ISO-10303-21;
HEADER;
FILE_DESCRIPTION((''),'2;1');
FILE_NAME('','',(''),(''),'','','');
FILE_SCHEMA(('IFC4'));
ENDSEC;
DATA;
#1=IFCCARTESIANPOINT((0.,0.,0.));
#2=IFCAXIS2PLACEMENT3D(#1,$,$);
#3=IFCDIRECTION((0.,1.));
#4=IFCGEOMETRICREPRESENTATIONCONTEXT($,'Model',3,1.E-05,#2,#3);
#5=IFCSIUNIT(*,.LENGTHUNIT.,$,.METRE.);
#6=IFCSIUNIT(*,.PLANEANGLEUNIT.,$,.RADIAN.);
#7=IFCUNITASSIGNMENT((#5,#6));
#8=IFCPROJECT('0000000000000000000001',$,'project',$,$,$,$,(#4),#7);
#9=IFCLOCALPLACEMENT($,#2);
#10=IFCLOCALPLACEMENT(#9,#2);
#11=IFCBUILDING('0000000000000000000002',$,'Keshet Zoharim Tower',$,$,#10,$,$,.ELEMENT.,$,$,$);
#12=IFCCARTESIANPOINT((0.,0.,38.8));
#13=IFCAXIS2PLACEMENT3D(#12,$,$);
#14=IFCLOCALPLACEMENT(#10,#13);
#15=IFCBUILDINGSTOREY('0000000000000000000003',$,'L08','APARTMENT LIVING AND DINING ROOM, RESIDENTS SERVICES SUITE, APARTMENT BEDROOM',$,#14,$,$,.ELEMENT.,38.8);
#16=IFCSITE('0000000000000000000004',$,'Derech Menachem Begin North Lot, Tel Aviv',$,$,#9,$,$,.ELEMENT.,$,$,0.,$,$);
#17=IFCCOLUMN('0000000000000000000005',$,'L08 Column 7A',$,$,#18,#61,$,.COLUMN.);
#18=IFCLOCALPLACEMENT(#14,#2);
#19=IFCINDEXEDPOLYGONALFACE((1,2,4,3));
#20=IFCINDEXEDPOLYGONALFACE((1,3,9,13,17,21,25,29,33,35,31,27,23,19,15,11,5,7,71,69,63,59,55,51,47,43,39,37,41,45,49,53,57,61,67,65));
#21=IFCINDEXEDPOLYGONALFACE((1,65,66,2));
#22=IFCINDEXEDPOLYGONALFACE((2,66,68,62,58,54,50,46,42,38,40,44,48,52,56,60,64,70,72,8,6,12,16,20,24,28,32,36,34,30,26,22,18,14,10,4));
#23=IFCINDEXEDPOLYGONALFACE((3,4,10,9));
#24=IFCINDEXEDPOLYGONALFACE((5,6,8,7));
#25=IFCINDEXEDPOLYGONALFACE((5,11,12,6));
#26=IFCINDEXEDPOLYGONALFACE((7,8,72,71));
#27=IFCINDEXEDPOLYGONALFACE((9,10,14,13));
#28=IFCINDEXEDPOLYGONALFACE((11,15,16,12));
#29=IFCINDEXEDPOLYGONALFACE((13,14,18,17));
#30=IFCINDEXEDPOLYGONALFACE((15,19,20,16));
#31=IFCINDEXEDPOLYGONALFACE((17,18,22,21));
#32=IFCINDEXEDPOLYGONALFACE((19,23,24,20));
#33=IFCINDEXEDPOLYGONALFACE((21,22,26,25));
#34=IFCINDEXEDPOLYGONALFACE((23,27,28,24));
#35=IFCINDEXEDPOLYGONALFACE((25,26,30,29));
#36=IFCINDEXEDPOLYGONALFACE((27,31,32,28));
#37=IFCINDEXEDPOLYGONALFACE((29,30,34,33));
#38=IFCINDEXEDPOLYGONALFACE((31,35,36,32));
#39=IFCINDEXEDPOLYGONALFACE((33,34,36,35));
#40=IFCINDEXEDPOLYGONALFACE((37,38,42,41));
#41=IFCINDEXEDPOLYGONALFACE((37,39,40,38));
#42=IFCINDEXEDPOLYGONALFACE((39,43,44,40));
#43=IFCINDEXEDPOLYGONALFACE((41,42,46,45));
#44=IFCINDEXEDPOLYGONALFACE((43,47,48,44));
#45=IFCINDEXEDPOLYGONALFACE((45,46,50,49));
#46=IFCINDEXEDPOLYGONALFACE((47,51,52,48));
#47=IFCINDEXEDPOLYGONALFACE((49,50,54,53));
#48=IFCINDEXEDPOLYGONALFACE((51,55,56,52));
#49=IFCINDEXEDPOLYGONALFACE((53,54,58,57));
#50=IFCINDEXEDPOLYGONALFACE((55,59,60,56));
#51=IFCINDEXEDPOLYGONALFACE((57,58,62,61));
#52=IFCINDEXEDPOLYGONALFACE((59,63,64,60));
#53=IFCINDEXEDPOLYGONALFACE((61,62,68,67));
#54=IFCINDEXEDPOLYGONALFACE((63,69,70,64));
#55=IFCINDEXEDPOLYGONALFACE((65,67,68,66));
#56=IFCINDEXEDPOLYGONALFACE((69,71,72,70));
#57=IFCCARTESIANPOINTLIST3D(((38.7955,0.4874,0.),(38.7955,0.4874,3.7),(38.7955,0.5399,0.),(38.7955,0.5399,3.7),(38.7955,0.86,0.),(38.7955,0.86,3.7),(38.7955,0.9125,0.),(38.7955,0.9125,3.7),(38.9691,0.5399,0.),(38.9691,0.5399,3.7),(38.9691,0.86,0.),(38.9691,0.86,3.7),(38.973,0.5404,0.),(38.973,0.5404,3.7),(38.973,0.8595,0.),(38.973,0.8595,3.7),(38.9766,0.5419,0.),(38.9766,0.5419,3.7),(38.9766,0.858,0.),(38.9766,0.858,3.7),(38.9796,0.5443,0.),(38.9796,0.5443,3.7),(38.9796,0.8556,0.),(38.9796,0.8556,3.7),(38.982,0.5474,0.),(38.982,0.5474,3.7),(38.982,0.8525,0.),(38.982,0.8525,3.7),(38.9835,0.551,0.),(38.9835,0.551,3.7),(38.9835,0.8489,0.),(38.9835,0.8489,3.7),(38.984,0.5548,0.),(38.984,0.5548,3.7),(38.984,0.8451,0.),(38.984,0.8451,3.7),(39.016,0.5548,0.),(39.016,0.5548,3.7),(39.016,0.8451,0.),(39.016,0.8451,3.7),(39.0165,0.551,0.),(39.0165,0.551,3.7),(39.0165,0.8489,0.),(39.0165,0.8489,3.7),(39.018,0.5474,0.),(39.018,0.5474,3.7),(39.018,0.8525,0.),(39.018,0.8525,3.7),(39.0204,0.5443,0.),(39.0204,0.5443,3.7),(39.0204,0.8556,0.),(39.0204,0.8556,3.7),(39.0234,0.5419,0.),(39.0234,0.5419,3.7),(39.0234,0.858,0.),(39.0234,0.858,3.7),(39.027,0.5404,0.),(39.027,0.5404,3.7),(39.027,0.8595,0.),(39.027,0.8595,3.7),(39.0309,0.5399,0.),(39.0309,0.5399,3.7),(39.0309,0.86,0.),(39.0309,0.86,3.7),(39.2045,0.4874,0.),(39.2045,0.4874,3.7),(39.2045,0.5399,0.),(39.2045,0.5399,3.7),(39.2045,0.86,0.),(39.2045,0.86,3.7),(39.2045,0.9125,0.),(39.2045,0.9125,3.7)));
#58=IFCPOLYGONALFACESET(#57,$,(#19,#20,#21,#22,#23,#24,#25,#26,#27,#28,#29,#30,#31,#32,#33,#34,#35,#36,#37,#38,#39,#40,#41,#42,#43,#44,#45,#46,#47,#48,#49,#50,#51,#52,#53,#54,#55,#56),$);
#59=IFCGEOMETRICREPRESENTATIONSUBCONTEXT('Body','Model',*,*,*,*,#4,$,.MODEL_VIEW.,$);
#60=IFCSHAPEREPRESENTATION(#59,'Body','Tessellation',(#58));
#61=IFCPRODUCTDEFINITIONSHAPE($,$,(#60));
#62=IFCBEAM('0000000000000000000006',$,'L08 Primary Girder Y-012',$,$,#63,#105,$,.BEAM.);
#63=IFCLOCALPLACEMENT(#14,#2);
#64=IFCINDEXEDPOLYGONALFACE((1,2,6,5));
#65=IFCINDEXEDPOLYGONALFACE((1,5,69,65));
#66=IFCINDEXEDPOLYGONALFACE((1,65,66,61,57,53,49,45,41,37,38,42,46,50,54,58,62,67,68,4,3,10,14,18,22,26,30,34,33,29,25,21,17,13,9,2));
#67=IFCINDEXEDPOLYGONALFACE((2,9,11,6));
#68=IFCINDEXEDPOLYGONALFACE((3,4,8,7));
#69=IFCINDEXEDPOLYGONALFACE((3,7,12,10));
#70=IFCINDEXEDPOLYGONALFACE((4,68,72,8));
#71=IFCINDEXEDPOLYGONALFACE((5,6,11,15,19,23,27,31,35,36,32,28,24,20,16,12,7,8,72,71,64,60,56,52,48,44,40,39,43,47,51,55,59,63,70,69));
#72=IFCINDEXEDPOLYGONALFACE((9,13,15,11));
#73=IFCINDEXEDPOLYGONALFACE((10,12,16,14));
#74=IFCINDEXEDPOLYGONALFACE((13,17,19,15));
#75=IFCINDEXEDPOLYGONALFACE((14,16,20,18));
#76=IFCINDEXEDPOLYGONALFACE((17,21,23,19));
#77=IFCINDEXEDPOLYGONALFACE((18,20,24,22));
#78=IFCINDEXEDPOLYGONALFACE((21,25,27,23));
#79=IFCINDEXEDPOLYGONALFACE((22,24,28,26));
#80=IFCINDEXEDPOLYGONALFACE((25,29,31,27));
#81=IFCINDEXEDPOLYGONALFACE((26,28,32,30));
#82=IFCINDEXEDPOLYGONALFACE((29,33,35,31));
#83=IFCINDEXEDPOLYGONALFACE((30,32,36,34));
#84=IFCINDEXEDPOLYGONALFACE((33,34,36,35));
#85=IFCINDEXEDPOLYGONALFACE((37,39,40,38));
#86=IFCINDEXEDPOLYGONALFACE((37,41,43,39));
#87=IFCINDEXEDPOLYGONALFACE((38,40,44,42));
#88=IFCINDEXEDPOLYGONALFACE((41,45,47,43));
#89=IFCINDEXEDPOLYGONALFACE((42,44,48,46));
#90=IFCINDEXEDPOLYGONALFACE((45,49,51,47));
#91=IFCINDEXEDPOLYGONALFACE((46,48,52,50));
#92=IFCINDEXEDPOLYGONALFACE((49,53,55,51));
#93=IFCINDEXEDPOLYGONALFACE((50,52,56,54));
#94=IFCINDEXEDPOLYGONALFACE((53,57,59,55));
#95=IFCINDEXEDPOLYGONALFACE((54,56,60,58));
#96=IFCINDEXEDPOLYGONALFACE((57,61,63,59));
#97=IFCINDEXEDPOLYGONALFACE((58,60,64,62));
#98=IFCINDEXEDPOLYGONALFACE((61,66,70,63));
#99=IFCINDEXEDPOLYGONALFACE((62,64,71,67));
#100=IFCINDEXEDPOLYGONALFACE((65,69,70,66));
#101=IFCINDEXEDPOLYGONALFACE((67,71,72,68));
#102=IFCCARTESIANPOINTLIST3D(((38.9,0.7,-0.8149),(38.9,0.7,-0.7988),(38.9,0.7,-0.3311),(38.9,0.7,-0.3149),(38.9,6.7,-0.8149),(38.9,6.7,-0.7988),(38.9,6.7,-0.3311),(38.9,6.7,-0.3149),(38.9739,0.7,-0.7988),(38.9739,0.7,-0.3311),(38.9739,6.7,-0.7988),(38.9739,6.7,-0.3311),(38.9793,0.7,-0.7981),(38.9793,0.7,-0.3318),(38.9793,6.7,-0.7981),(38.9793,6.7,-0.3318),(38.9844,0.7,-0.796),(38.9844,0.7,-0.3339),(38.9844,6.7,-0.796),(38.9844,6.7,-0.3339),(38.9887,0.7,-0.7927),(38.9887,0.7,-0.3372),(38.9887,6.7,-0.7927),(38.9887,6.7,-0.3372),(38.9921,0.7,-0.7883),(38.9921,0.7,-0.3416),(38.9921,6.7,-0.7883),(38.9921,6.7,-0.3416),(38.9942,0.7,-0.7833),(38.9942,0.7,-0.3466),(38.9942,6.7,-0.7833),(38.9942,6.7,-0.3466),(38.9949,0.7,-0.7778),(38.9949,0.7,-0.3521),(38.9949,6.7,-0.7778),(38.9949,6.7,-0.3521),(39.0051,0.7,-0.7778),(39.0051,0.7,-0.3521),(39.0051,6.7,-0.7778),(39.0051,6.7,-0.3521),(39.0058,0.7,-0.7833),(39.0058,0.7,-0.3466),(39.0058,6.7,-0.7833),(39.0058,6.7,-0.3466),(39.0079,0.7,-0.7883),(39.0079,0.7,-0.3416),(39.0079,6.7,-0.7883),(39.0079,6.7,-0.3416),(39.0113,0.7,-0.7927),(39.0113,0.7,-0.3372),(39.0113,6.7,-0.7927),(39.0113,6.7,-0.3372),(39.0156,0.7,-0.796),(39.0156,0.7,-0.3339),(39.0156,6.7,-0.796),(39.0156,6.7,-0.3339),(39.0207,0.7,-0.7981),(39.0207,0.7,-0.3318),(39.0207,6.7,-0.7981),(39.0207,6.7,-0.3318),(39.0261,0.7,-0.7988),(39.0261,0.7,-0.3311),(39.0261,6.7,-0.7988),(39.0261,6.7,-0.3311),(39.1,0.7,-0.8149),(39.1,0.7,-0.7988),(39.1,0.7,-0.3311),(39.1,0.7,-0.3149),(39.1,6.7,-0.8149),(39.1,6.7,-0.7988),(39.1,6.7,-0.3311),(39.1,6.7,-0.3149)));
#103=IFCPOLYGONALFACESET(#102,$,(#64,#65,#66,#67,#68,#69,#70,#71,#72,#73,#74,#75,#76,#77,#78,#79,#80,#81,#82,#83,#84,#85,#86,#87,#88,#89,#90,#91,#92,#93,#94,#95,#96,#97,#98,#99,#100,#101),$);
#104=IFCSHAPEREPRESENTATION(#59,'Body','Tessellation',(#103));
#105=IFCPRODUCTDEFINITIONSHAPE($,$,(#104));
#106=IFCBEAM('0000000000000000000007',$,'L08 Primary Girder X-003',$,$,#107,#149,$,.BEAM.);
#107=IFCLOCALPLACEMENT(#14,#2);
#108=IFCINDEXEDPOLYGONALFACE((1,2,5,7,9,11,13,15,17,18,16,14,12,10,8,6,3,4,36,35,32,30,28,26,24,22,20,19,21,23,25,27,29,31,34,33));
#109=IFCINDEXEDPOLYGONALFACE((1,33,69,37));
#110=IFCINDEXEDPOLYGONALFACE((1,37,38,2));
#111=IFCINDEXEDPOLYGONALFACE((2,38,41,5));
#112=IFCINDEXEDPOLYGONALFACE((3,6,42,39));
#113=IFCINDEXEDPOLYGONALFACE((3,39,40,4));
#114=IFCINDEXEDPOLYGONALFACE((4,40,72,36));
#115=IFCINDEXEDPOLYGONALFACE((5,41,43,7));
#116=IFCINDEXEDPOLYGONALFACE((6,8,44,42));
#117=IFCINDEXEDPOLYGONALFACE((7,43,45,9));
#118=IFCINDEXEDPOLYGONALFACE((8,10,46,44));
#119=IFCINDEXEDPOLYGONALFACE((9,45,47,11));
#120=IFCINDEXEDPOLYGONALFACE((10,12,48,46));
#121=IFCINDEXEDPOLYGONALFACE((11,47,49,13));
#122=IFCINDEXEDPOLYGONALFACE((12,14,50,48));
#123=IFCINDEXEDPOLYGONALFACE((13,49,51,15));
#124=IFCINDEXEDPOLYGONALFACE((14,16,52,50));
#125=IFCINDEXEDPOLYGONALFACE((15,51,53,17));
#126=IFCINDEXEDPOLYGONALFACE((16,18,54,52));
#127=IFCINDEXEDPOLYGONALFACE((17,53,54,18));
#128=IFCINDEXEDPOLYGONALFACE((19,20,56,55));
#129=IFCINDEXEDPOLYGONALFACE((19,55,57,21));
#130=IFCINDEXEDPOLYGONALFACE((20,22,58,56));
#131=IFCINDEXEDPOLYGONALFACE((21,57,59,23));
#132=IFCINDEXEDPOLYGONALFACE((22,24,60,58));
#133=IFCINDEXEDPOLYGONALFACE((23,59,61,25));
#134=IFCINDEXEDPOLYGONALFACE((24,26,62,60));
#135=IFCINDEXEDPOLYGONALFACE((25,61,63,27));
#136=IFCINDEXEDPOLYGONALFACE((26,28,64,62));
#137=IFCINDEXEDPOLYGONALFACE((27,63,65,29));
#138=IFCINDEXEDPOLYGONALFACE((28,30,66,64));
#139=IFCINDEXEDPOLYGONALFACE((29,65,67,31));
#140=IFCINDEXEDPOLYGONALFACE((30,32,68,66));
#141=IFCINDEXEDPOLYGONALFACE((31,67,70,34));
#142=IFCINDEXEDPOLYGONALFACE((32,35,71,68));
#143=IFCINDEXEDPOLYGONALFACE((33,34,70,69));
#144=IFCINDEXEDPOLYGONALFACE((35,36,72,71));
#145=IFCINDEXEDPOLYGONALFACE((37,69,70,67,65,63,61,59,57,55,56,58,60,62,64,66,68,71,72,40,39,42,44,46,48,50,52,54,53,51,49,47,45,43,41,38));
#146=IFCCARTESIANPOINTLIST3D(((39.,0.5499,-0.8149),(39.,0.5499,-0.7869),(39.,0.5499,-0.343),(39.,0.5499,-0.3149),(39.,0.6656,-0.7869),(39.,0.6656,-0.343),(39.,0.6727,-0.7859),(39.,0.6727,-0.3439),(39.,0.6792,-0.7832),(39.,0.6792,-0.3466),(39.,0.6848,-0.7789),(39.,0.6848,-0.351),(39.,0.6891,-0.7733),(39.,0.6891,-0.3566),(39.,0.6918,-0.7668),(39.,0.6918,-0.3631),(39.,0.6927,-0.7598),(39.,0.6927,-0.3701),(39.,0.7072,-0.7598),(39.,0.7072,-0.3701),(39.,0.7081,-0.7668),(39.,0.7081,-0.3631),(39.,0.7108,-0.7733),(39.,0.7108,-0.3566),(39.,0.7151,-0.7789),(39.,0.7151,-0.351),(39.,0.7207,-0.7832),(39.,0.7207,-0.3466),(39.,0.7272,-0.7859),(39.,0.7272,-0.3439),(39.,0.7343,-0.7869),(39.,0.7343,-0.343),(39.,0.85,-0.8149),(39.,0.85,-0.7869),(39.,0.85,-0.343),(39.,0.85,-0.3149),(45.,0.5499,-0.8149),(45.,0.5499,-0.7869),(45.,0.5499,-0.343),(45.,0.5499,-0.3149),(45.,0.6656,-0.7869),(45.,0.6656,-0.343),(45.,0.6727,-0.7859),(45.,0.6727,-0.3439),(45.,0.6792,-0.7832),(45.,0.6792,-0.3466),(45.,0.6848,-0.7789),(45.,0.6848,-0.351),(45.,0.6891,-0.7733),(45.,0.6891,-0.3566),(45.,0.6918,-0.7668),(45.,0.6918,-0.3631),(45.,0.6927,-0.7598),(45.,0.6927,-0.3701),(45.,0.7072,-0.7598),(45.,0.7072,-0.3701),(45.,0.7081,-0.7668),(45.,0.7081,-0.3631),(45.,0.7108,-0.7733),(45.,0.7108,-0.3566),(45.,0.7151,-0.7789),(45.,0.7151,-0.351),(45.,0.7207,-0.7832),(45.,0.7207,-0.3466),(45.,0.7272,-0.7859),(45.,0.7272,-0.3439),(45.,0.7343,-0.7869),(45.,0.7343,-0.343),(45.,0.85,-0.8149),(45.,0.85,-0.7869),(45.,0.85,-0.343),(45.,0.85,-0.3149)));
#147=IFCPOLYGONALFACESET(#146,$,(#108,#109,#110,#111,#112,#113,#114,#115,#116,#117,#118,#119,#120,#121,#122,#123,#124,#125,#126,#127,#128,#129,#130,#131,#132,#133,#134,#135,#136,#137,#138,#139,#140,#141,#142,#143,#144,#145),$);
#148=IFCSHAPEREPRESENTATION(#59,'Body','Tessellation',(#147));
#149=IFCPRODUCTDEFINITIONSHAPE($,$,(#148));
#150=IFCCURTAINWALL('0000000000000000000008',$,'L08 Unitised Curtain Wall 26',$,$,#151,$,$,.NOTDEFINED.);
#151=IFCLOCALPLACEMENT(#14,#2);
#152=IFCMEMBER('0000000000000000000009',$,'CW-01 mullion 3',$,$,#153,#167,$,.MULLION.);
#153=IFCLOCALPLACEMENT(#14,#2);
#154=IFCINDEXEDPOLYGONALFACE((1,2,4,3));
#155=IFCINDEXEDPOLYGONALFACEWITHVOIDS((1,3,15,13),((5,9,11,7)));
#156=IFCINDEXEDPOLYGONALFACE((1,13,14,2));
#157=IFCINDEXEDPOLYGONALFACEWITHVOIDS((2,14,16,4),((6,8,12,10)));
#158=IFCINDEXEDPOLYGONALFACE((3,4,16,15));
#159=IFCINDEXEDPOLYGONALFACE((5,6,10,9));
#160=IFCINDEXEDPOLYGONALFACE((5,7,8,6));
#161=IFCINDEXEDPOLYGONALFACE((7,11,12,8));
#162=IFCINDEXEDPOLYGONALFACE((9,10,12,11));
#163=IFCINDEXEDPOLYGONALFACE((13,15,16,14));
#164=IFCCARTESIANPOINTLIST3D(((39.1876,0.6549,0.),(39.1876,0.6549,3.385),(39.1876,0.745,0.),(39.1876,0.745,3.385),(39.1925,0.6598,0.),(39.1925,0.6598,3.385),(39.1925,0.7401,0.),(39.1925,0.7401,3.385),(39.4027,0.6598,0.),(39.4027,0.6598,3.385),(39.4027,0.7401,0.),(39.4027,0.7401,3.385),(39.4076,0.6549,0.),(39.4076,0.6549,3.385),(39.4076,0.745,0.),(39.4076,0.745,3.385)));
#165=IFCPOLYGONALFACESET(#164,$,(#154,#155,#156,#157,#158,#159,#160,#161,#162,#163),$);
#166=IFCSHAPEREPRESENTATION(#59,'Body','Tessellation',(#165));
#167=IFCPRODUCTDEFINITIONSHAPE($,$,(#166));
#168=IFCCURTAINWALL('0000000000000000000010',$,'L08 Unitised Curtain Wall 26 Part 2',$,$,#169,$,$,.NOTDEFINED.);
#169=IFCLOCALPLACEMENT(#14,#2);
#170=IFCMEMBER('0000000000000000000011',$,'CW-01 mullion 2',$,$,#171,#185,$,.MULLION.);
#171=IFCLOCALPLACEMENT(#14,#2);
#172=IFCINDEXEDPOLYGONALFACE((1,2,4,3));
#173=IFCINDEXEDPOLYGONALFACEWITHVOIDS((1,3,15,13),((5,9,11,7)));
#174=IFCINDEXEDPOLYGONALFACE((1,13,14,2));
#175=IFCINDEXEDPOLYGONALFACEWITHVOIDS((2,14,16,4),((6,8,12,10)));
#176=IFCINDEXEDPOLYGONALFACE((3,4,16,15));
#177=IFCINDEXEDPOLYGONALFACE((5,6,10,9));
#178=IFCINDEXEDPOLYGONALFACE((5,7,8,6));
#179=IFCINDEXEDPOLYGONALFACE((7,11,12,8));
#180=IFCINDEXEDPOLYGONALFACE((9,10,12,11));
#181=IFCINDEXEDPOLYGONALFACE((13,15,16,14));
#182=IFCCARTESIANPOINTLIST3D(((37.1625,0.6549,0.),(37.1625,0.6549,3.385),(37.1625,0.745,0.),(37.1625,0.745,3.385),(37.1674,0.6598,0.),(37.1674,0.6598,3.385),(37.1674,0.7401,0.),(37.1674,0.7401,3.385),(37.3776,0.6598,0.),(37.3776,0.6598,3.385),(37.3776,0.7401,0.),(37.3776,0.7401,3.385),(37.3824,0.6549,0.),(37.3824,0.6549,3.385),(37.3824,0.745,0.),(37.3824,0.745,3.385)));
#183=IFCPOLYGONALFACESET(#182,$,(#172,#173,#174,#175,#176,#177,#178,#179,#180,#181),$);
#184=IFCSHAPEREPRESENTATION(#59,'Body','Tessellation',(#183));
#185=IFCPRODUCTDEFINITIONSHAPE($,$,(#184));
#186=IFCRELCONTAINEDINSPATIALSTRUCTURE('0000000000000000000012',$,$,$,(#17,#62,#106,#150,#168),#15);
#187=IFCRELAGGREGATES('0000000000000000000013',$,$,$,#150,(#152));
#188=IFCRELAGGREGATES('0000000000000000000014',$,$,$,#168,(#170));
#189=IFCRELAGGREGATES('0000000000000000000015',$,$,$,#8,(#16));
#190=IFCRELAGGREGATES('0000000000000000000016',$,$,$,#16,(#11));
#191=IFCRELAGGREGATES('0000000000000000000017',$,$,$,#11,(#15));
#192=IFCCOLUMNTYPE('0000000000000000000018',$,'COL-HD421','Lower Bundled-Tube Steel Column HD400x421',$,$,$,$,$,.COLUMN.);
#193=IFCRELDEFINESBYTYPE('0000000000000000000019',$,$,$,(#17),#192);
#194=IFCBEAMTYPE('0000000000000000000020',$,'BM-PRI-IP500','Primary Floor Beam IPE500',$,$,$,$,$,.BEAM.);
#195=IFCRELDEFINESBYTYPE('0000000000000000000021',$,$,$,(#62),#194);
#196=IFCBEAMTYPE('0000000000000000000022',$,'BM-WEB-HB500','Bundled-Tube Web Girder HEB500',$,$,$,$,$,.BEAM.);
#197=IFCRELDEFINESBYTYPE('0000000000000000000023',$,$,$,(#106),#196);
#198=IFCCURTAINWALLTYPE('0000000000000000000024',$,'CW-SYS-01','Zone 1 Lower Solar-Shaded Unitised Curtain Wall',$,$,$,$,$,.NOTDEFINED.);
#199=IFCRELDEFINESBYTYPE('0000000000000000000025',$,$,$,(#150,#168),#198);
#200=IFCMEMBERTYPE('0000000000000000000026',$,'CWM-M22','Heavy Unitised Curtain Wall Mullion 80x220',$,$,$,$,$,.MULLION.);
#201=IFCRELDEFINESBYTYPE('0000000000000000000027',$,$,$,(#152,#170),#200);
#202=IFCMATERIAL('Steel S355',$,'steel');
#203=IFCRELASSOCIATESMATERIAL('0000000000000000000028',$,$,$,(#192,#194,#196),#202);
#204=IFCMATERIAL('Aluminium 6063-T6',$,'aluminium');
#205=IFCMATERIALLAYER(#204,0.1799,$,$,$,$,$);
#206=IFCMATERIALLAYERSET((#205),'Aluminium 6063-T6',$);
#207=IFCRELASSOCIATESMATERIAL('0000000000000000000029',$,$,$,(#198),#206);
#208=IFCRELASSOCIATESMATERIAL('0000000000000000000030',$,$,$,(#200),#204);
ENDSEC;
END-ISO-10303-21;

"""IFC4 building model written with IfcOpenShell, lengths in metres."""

from ifc_helpers import new_model, si_unit, direction, frame, origin, origin_2d, place, context, subcontext, project, spatial, hollow_rectangle, i_section, extrude, material, layer, layer_set, material_profile, profile_set, type_object, element, aggregate, save


model = new_model("IFC4")

# Units and contexts
model_context = context("Model", 3, precision=1e-05, world=origin(), true_north=direction((0.0, 1.0)))
body_context = subcontext(model_context, "Body", "Model", "MODEL_VIEW")
ifc_project = project(units=[si_unit("LENGTHUNIT", "METRE"), si_unit("PLANEANGLEUNIT", "RADIAN")], contexts=[model_context])

# Site, building, storey
site_placement = place(None, origin())
site = spatial("IfcSite", under=ifc_project, at=site_placement, Name="Derech Menachem Begin North Lot, Tel Aviv", CompositionType="ELEMENT", RefElevation=0.0)
building_placement = place(site_placement, origin())
building = spatial("IfcBuilding", under=site, at=building_placement, Name="Keshet Zoharim Tower", CompositionType="ELEMENT")
storey_placement = place(building_placement, frame((0.0, 0.0, 38.8)))
storey = spatial("IfcBuildingStorey", under=building, at=storey_placement, Name="L08", Description="APARTMENT LIVING AND DINING ROOM, RESIDENTS SERVICES SUITE, APARTMENT BEDROOM", CompositionType="ELEMENT", Elevation=38.8)

# Column
ifc_material_1 = material(Name="Steel S355", Category="steel")
ifc_material_profile_1 = material_profile(ifc_material_1, i_section(OverallWidth=0.4089, OverallDepth=0.425, WebThickness=0.032, FlangeThickness=0.0525, FilletRadius=0.0149, at=origin_2d()), Name="HD400x421")
ifc_profile_set_1 = profile_set([ifc_material_profile_1], Name="Steel S355")
column_type = type_object("IfcColumnType", Name="COL-HD421", Description="Lower Bundled-Tube Steel Column HD400x421", PredefinedType="COLUMN", material=ifc_profile_set_1)
column_placement = place(storey_placement, frame((39.0, 0.7, 0.0), z_axis=(0.0, 0.0, 1.0), x_axis=(1.0, 0.0, 0.0)))
element("IfcColumn", 1, at=column_placement, inside=storey, type_object=column_type, Name="L08 Column 7A", PredefinedType="COLUMN", context=body_context, shape_type="SweptSolid", body=[
    extrude(i_section(OverallWidth=0.4089, OverallDepth=0.425, WebThickness=0.032, FlangeThickness=0.0525, FilletRadius=0.0149, at=origin_2d()), origin(), (0.0, 0.0, 1.0), 3.7),
])

# Beams
ifc_material_profile_2 = material_profile(ifc_material_1, i_section(OverallWidth=0.2, OverallDepth=0.5, WebThickness=0.0103, FlangeThickness=0.0161, FilletRadius=0.021, at=origin_2d()), Name="IPE500")
ifc_profile_set_2 = profile_set([ifc_material_profile_2], Name="Steel S355")
beam_type_1 = type_object("IfcBeamType", Name="BM-PRI-IP500", Description="Primary Floor Beam IPE500", PredefinedType="BEAM", material=ifc_profile_set_2)
beam_1_placement = place(storey_placement, frame((39.0, 0.7, -0.5649), z_axis=(0.0, 1.0, 0.0), x_axis=(-1.0, 0.0, 0.0)))
element("IfcBeam", 2, at=beam_1_placement, inside=storey, type_object=beam_type_1, Name="L08 Primary Girder Y-012", PredefinedType="BEAM", context=body_context, shape_type="SweptSolid", body=[
    extrude(i_section(OverallWidth=0.2, OverallDepth=0.5, WebThickness=0.0103, FlangeThickness=0.0161, FilletRadius=0.021, at=origin_2d()), origin(), (0.0, 0.0, 1.0), 6.0),
])
ifc_material_profile_3 = material_profile(ifc_material_1, i_section(OverallWidth=0.3, OverallDepth=0.5, WebThickness=0.0144, FlangeThickness=0.0281, FilletRadius=0.0271, at=origin_2d()), Name="HEB500")
ifc_profile_set_3 = profile_set([ifc_material_profile_3], Name="Steel S355")
beam_type_2 = type_object("IfcBeamType", Name="BM-WEB-HB500", Description="Bundled-Tube Web Girder HEB500", PredefinedType="BEAM", material=ifc_profile_set_3)
beam_2_placement = place(storey_placement, frame((39.0, 0.7, -0.5649), z_axis=(1.0, 0.0, 0.0), x_axis=(0.0, 1.0, 0.0)))
element("IfcBeam", 3, at=beam_2_placement, inside=storey, type_object=beam_type_2, Name="L08 Primary Girder X-003", PredefinedType="BEAM", context=body_context, shape_type="SweptSolid", body=[
    extrude(i_section(OverallWidth=0.3, OverallDepth=0.5, WebThickness=0.0144, FlangeThickness=0.0281, FilletRadius=0.0271, at=origin_2d()), origin(), (0.0, 0.0, 1.0), 6.0),
])

# Curtain walls, members
ifc_material_2 = material(Name="Aluminium 6063-T6", Category="aluminium")
ifc_layer_1 = layer(ifc_material_2, 0.1799)
ifc_layer_set_1 = layer_set([ifc_layer_1], Name="Aluminium 6063-T6")
curtain_wall_type = type_object("IfcCurtainWallType", Name="CW-SYS-01", Description="Zone 1 Lower Solar-Shaded Unitised Curtain Wall", PredefinedType="NOTDEFINED", material=ifc_layer_set_1)
curtain_wall_1_placement = place(storey_placement, origin())
curtain_wall_1 = element("IfcCurtainWall", 4, at=curtain_wall_1_placement, inside=storey, type_object=curtain_wall_type, Name="L08 Unitised Curtain Wall 26", PredefinedType="NOTDEFINED")
ifc_material_profile_4 = material_profile(ifc_material_2, hollow_rectangle(XDim=0.0901, YDim=0.22, WallThickness=0.0049, at=origin_2d()), Name="MUL-90x220")
ifc_profile_set_4 = profile_set([ifc_material_profile_4], Name="Aluminium 6063-T6")
member_type_1 = type_object("IfcMemberType", Name="CWM-M22", Description="Heavy Unitised Curtain Wall Mullion 80x220", PredefinedType="MULLION", material=ifc_profile_set_4)
member_1_placement = place(storey_placement, frame((39.2976, 0.7, 0.0), z_axis=(0.0, 0.0, 1.0), x_axis=(0.0, -1.0, 0.0)))
member_1 = element("IfcMember", 5, at=member_1_placement, type_object=member_type_1, Name="CW-01 mullion 3", PredefinedType="MULLION", context=body_context, shape_type="SweptSolid", body=[
    extrude(hollow_rectangle(XDim=0.0901, YDim=0.22, WallThickness=0.0049, at=origin_2d()), origin(), (0.0, 0.0, 1.0), 3.385),
])
aggregate(curtain_wall_1, [member_1])
curtain_wall_2_placement = place(storey_placement, origin())
curtain_wall_2 = element("IfcCurtainWall", 6, at=curtain_wall_2_placement, inside=storey, type_object=curtain_wall_type, Name="L08 Unitised Curtain Wall 26 Part 2", PredefinedType="NOTDEFINED")
member_2_placement = place(storey_placement, frame((37.2725, 0.7, 0.0), z_axis=(0.0, 0.0, 1.0), x_axis=(0.0, -1.0, 0.0)))
member_2 = element("IfcMember", 7, at=member_2_placement, type_object=member_type_1, Name="CW-01 mullion 2", PredefinedType="MULLION", context=body_context, shape_type="SweptSolid", body=[
    extrude(hollow_rectangle(XDim=0.0901, YDim=0.22, WallThickness=0.0049, at=origin_2d()), origin(), (0.0, 0.0, 1.0), 3.385),
])

aggregate(curtain_wall_2, [member_2])

save(model, "model.ifc")
